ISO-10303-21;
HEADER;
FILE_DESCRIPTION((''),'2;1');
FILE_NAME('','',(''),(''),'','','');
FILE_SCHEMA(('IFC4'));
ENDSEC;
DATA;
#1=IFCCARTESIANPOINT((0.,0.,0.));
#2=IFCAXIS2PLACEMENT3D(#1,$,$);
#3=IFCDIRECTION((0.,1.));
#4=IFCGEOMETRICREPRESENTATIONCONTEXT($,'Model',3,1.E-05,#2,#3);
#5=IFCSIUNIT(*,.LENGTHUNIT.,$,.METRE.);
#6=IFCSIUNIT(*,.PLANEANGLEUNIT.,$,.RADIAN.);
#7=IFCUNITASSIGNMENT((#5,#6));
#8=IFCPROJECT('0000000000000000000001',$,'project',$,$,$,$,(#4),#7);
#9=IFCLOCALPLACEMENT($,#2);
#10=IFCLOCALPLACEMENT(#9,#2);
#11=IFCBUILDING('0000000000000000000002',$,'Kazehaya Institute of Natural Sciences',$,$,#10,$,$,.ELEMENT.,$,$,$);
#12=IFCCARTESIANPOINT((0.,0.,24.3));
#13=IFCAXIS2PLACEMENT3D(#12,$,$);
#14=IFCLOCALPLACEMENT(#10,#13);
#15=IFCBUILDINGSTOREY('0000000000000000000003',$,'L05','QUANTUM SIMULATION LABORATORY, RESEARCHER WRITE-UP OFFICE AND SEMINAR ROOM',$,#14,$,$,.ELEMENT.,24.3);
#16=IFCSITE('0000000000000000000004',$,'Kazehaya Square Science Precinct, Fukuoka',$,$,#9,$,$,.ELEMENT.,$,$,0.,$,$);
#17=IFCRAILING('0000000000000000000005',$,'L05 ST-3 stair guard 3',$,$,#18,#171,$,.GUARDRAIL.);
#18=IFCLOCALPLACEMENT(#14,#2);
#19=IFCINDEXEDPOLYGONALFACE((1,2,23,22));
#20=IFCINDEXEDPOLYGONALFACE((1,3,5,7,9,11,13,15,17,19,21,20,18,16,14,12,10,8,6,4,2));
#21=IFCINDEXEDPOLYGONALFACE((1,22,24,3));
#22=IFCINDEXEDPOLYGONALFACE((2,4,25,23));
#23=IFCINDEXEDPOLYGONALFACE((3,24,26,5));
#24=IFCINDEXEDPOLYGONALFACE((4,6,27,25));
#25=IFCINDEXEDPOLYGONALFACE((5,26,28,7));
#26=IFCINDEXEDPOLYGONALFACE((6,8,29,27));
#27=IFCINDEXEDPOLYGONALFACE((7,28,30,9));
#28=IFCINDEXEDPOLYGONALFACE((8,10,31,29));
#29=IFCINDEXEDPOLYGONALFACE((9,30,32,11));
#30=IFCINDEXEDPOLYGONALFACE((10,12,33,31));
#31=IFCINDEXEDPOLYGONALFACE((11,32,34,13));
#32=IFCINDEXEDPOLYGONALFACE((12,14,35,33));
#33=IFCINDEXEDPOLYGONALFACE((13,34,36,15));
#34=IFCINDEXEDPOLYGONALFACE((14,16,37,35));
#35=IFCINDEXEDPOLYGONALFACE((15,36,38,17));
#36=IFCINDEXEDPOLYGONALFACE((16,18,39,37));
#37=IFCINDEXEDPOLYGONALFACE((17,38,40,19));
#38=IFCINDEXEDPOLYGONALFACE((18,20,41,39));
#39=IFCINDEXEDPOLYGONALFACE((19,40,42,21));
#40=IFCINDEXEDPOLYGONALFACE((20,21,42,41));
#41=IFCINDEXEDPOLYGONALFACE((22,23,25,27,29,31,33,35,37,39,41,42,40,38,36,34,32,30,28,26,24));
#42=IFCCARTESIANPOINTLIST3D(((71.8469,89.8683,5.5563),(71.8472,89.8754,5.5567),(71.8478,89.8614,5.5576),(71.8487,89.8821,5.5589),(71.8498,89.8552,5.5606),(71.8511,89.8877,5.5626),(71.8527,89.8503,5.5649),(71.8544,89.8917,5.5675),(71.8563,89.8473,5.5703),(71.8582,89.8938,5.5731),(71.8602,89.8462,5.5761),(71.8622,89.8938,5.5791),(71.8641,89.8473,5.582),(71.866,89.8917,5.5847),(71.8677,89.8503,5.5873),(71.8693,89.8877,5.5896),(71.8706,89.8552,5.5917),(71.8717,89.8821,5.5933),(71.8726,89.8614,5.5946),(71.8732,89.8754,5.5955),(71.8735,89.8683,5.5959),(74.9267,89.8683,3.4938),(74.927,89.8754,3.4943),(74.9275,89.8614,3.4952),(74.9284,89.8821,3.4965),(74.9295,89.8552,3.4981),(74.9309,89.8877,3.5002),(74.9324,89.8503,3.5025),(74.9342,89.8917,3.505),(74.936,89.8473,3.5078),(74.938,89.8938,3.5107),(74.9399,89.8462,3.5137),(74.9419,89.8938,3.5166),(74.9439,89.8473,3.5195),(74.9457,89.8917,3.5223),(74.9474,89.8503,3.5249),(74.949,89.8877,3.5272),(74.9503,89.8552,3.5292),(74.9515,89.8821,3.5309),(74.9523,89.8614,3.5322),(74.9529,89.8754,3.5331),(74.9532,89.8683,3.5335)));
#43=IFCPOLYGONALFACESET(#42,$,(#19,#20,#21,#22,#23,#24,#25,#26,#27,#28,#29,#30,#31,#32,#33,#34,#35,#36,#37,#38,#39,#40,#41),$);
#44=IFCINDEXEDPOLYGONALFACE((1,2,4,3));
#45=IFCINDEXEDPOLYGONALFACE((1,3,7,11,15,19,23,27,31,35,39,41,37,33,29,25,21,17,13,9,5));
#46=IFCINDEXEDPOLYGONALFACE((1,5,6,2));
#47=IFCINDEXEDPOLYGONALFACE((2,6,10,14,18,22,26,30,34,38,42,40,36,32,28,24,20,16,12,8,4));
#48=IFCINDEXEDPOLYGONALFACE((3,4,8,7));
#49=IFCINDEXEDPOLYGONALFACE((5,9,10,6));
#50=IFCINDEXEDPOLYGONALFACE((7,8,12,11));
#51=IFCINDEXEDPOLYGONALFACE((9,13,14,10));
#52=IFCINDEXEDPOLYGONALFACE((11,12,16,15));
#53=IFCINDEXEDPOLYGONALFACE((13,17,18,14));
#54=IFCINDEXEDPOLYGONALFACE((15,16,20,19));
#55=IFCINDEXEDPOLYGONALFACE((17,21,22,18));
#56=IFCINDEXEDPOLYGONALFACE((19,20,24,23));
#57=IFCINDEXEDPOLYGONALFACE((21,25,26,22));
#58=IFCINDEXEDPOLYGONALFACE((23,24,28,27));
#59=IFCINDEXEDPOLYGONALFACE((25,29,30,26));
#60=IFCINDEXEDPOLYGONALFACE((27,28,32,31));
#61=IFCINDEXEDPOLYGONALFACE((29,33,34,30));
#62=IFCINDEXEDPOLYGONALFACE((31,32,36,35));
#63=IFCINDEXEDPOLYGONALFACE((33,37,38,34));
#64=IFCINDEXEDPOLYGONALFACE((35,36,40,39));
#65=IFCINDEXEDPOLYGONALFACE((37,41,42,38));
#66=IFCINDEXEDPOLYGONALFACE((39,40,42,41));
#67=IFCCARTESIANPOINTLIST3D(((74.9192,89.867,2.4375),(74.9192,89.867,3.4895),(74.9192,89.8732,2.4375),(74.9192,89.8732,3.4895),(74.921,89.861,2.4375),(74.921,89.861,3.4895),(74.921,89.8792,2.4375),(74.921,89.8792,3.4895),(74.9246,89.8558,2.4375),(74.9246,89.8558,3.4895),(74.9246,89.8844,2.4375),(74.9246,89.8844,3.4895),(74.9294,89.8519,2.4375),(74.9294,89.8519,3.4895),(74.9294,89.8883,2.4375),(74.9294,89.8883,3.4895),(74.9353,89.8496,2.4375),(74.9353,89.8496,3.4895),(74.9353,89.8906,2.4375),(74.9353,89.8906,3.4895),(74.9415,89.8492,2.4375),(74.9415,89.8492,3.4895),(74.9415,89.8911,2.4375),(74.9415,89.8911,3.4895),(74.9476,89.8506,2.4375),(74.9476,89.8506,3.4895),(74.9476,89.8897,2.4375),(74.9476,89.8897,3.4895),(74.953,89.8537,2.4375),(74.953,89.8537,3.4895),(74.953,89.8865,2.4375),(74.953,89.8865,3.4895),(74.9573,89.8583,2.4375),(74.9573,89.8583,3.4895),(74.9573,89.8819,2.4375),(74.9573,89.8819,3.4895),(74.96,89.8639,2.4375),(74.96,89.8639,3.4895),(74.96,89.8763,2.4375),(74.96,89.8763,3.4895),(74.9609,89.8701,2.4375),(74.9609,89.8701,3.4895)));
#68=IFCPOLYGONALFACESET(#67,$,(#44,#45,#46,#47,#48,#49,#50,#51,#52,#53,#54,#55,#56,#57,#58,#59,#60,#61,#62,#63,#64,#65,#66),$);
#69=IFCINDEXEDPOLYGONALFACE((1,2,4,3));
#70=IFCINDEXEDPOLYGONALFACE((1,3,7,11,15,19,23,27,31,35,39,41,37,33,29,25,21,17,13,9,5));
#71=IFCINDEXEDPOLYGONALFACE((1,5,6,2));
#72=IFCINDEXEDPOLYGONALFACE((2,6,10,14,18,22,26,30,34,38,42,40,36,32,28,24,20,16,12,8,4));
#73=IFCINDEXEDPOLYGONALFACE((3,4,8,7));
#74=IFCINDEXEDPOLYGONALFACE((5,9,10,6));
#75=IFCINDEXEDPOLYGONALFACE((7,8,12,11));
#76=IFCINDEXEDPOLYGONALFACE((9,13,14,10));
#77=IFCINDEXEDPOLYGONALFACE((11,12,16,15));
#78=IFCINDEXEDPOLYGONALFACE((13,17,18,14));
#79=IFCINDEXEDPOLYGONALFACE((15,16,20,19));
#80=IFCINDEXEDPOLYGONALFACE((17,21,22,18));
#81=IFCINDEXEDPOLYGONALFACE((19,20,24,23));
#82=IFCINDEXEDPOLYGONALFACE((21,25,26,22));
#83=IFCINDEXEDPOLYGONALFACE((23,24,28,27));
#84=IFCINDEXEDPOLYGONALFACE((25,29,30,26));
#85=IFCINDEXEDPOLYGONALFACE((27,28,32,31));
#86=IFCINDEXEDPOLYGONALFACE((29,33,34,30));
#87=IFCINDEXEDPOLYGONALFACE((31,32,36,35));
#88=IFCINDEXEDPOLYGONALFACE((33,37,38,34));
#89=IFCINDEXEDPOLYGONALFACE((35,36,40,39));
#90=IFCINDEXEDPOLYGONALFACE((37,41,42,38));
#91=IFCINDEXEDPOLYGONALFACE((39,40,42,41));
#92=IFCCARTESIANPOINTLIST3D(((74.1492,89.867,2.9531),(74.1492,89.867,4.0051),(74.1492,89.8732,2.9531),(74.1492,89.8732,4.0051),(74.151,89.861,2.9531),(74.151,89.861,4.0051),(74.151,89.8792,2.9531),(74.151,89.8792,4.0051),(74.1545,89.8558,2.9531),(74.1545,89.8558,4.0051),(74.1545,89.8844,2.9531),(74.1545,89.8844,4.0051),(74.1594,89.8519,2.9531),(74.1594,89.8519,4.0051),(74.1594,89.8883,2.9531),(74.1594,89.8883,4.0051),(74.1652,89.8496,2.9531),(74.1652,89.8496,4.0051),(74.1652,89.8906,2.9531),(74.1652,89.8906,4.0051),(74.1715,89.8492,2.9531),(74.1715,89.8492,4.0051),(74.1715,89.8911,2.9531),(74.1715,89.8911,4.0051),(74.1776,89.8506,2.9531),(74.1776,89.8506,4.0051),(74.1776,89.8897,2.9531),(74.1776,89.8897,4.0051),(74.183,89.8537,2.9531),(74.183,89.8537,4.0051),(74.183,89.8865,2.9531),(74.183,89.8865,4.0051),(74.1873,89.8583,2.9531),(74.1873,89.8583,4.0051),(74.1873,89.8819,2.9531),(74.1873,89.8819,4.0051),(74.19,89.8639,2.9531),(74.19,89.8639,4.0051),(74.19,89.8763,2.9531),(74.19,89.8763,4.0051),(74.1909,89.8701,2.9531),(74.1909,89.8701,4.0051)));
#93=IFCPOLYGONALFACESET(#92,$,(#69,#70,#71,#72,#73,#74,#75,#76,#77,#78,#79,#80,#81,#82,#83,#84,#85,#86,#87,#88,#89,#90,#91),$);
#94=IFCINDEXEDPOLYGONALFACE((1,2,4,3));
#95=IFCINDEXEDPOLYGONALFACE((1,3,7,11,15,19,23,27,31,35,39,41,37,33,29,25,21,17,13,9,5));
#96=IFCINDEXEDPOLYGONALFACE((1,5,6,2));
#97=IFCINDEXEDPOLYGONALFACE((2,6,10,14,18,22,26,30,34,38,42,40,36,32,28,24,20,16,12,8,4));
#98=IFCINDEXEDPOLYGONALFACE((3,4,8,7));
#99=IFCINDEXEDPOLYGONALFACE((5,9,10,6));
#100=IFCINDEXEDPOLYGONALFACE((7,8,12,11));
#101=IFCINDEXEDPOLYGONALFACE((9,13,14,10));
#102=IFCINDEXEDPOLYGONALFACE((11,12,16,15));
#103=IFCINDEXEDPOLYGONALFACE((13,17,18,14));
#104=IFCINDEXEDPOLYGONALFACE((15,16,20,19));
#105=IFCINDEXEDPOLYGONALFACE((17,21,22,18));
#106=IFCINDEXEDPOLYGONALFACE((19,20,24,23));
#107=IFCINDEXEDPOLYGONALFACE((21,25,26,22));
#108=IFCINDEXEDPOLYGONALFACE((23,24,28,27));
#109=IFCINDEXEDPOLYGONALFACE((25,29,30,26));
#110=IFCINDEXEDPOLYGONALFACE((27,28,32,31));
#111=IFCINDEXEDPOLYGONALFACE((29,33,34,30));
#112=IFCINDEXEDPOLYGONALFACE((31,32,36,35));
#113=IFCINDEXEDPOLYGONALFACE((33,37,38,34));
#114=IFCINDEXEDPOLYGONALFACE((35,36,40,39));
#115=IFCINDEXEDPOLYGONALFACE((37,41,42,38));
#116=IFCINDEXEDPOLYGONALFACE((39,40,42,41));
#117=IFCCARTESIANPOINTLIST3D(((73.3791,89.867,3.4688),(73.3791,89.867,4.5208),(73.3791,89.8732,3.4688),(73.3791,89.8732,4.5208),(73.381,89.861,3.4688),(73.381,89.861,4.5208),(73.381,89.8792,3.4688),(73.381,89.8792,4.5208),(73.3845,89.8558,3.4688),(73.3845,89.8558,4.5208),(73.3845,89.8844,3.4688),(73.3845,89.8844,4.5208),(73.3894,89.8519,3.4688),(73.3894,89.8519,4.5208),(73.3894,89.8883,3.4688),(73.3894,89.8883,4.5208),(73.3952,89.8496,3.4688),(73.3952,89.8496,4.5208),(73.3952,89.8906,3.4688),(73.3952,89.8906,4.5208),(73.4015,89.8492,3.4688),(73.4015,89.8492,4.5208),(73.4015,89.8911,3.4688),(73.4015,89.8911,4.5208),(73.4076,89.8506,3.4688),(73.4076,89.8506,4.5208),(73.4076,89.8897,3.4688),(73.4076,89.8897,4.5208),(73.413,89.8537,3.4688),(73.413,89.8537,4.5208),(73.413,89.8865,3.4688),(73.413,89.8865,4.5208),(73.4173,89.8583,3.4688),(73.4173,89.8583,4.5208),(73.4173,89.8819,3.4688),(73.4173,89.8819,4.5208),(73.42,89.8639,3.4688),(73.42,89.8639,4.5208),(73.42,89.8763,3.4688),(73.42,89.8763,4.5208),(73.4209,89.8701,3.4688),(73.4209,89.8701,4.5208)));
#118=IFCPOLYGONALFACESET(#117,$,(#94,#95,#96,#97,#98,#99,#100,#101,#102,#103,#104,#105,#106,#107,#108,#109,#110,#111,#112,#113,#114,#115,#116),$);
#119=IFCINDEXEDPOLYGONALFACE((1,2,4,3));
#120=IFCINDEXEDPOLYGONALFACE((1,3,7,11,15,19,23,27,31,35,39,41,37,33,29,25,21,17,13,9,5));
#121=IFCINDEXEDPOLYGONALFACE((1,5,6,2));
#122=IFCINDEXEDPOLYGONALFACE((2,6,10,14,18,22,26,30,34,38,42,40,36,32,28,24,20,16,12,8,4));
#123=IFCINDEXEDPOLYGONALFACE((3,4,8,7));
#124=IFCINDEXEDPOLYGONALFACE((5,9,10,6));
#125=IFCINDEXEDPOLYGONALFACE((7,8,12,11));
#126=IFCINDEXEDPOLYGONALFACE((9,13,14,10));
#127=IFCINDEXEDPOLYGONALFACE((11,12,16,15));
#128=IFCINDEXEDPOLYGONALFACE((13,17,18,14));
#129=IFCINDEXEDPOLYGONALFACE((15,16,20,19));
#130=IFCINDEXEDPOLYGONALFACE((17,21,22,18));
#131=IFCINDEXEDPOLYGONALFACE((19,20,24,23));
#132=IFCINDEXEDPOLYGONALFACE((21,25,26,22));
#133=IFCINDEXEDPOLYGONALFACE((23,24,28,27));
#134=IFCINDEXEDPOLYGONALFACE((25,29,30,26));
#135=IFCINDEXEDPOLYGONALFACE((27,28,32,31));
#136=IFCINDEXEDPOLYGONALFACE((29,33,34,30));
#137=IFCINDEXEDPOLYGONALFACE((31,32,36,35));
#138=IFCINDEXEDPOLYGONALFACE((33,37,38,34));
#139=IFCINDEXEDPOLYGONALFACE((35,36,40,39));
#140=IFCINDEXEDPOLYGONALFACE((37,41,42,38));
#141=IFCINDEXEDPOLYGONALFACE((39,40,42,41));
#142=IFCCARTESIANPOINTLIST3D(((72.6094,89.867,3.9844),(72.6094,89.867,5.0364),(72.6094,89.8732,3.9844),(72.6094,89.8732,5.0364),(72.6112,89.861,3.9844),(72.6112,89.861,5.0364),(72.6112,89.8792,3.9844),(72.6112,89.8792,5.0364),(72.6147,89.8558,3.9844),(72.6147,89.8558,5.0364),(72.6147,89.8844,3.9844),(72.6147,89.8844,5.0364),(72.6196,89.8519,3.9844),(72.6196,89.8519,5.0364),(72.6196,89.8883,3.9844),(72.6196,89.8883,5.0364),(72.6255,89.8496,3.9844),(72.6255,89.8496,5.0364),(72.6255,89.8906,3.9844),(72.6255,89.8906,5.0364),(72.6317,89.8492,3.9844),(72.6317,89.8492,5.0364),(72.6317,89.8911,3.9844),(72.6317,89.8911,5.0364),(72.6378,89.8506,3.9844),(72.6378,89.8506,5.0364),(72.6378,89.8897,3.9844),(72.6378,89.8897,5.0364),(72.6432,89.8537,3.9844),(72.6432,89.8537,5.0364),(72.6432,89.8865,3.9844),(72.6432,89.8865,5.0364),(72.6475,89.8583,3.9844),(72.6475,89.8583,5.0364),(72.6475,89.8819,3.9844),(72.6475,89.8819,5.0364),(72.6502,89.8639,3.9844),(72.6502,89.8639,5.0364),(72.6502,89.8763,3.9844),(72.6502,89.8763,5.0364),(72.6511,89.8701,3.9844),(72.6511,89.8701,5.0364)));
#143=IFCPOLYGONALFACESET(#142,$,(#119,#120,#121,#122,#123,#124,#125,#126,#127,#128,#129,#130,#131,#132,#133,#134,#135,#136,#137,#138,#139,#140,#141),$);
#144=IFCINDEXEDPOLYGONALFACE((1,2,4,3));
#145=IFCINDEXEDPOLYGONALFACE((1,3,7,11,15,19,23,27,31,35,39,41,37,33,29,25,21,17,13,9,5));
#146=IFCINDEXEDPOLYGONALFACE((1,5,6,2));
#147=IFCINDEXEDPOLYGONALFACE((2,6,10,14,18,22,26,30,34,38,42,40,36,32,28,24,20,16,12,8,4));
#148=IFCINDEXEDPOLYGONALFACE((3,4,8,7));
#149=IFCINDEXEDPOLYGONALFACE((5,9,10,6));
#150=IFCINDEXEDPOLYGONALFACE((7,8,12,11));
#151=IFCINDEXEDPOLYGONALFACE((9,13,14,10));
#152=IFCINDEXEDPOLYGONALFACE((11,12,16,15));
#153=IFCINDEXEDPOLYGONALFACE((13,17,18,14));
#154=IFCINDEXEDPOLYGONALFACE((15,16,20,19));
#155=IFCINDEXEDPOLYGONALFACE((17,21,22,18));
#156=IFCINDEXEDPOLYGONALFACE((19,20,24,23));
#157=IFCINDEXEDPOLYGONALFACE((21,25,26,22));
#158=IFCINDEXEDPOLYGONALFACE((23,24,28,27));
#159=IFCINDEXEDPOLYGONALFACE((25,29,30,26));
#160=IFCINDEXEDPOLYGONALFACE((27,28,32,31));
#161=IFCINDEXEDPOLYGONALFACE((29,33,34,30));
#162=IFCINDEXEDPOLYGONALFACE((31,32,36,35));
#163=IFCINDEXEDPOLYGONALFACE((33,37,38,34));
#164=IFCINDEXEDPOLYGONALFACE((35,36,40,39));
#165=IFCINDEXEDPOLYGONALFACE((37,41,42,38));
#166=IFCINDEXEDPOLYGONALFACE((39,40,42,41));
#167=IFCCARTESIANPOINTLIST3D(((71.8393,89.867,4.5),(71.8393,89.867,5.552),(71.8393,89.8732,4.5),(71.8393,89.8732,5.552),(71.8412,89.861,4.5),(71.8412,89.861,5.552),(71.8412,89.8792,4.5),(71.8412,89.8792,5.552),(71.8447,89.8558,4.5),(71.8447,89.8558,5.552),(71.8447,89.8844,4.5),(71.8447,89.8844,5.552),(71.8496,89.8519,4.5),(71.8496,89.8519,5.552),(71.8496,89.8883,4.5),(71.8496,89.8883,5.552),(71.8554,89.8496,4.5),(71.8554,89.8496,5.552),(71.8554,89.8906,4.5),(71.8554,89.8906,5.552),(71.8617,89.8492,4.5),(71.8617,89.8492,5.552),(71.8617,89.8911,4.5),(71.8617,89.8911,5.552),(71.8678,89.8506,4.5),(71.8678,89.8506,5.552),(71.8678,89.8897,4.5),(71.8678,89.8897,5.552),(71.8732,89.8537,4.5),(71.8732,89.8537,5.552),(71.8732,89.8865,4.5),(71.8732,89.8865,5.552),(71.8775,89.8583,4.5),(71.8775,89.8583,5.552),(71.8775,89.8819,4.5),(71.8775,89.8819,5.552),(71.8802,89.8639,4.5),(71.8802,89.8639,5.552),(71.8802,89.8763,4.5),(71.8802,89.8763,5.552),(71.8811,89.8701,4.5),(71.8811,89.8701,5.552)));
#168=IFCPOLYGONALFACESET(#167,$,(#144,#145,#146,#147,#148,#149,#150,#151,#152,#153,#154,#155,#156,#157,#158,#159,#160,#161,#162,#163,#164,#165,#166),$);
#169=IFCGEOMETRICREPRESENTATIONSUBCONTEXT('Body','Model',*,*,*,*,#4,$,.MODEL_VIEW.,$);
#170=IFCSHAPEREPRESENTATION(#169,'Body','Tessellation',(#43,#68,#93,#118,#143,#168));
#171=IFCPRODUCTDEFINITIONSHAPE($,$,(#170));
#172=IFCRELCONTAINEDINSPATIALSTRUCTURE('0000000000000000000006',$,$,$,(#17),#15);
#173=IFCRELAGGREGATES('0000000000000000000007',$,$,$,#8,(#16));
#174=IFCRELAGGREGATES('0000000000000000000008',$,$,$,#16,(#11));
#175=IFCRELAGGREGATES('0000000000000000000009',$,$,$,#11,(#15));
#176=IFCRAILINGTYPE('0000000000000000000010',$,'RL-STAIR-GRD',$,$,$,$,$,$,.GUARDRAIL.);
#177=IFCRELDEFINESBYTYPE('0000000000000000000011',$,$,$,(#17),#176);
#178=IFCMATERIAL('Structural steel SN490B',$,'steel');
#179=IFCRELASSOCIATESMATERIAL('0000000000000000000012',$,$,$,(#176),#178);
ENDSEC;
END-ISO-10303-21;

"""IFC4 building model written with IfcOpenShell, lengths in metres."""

from ifc_helpers import new_model, si_unit, direction, frame, origin, origin_2d, place, context, subcontext, project, spatial, circle, extrude, material, type_object, element, save


model = new_model("IFC4")

# Units and contexts
model_context = context("Model", 3, precision=1e-05, world=origin(), true_north=direction((0.0, 1.0)))
body_context = subcontext(model_context, "Body", "Model", "MODEL_VIEW")
ifc_project = project(units=[si_unit("LENGTHUNIT", "METRE"), si_unit("PLANEANGLEUNIT", "RADIAN")], contexts=[model_context])

# Site, building, storey
site_placement = place(None, origin())
site = spatial("IfcSite", under=ifc_project, at=site_placement, Name="Kazehaya Square Science Precinct, Fukuoka", CompositionType="ELEMENT", RefElevation=0.0)
building_placement = place(site_placement, origin())
building = spatial("IfcBuilding", under=site, at=building_placement, Name="Kazehaya Institute of Natural Sciences", CompositionType="ELEMENT")
storey_placement = place(building_placement, frame((0.0, 0.0, 24.3)))
storey = spatial("IfcBuildingStorey", under=building, at=storey_placement, Name="L05", Description="QUANTUM SIMULATION LABORATORY, RESEARCHER WRITE-UP OFFICE AND SEMINAR ROOM", CompositionType="ELEMENT", Elevation=24.3)

# Railing
ifc_material_1 = material(Name="Structural steel SN490B", Category="steel")
railing_type_1 = type_object("IfcRailingType", Name="RL-STAIR-GRD", PredefinedType="GUARDRAIL", material=ifc_material_1)
railing_1_placement = place(storey_placement, frame((74.9399, 89.8701, 2.4375)))
element("IfcRailing", 1, at=railing_1_placement, inside=storey, type_object=railing_type_1, Name="L05 ST-3 stair guard 3", PredefinedType="GUARDRAIL", context=body_context, shape_type="SweptSolid", body=[
    extrude(circle(Radius=0.0239, at=origin_2d()), frame((0.0, 0.0, 1.0762), z_axis=(-0.830893, 0.0, 0.556432), x_axis=(0.0, -1.0, 0.0)), (0.0, 0.0, 1.0), 3.7065),
    extrude(circle(Radius=0.021, at=origin_2d()), origin(), (0.0, 0.0, 1.0), 1.052),
    extrude(circle(Radius=0.021, at=origin_2d()), frame((-0.77, 0.0, 0.5156)), (0.0, 0.0, 1.0), 1.052),
    extrude(circle(Radius=0.021, at=origin_2d()), frame((-1.54, 0.0, 1.0312)), (0.0, 0.0, 1.0), 1.052),
    extrude(circle(Radius=0.021, at=origin_2d()), frame((-2.3098, 0.0, 1.5469)), (0.0, 0.0, 1.0), 1.052),
    extrude(circle(Radius=0.021, at=origin_2d()), frame((-3.0798, 0.0, 2.0625)), (0.0, 0.0, 1.0), 1.052),
])

save(model, "model.ifc")
